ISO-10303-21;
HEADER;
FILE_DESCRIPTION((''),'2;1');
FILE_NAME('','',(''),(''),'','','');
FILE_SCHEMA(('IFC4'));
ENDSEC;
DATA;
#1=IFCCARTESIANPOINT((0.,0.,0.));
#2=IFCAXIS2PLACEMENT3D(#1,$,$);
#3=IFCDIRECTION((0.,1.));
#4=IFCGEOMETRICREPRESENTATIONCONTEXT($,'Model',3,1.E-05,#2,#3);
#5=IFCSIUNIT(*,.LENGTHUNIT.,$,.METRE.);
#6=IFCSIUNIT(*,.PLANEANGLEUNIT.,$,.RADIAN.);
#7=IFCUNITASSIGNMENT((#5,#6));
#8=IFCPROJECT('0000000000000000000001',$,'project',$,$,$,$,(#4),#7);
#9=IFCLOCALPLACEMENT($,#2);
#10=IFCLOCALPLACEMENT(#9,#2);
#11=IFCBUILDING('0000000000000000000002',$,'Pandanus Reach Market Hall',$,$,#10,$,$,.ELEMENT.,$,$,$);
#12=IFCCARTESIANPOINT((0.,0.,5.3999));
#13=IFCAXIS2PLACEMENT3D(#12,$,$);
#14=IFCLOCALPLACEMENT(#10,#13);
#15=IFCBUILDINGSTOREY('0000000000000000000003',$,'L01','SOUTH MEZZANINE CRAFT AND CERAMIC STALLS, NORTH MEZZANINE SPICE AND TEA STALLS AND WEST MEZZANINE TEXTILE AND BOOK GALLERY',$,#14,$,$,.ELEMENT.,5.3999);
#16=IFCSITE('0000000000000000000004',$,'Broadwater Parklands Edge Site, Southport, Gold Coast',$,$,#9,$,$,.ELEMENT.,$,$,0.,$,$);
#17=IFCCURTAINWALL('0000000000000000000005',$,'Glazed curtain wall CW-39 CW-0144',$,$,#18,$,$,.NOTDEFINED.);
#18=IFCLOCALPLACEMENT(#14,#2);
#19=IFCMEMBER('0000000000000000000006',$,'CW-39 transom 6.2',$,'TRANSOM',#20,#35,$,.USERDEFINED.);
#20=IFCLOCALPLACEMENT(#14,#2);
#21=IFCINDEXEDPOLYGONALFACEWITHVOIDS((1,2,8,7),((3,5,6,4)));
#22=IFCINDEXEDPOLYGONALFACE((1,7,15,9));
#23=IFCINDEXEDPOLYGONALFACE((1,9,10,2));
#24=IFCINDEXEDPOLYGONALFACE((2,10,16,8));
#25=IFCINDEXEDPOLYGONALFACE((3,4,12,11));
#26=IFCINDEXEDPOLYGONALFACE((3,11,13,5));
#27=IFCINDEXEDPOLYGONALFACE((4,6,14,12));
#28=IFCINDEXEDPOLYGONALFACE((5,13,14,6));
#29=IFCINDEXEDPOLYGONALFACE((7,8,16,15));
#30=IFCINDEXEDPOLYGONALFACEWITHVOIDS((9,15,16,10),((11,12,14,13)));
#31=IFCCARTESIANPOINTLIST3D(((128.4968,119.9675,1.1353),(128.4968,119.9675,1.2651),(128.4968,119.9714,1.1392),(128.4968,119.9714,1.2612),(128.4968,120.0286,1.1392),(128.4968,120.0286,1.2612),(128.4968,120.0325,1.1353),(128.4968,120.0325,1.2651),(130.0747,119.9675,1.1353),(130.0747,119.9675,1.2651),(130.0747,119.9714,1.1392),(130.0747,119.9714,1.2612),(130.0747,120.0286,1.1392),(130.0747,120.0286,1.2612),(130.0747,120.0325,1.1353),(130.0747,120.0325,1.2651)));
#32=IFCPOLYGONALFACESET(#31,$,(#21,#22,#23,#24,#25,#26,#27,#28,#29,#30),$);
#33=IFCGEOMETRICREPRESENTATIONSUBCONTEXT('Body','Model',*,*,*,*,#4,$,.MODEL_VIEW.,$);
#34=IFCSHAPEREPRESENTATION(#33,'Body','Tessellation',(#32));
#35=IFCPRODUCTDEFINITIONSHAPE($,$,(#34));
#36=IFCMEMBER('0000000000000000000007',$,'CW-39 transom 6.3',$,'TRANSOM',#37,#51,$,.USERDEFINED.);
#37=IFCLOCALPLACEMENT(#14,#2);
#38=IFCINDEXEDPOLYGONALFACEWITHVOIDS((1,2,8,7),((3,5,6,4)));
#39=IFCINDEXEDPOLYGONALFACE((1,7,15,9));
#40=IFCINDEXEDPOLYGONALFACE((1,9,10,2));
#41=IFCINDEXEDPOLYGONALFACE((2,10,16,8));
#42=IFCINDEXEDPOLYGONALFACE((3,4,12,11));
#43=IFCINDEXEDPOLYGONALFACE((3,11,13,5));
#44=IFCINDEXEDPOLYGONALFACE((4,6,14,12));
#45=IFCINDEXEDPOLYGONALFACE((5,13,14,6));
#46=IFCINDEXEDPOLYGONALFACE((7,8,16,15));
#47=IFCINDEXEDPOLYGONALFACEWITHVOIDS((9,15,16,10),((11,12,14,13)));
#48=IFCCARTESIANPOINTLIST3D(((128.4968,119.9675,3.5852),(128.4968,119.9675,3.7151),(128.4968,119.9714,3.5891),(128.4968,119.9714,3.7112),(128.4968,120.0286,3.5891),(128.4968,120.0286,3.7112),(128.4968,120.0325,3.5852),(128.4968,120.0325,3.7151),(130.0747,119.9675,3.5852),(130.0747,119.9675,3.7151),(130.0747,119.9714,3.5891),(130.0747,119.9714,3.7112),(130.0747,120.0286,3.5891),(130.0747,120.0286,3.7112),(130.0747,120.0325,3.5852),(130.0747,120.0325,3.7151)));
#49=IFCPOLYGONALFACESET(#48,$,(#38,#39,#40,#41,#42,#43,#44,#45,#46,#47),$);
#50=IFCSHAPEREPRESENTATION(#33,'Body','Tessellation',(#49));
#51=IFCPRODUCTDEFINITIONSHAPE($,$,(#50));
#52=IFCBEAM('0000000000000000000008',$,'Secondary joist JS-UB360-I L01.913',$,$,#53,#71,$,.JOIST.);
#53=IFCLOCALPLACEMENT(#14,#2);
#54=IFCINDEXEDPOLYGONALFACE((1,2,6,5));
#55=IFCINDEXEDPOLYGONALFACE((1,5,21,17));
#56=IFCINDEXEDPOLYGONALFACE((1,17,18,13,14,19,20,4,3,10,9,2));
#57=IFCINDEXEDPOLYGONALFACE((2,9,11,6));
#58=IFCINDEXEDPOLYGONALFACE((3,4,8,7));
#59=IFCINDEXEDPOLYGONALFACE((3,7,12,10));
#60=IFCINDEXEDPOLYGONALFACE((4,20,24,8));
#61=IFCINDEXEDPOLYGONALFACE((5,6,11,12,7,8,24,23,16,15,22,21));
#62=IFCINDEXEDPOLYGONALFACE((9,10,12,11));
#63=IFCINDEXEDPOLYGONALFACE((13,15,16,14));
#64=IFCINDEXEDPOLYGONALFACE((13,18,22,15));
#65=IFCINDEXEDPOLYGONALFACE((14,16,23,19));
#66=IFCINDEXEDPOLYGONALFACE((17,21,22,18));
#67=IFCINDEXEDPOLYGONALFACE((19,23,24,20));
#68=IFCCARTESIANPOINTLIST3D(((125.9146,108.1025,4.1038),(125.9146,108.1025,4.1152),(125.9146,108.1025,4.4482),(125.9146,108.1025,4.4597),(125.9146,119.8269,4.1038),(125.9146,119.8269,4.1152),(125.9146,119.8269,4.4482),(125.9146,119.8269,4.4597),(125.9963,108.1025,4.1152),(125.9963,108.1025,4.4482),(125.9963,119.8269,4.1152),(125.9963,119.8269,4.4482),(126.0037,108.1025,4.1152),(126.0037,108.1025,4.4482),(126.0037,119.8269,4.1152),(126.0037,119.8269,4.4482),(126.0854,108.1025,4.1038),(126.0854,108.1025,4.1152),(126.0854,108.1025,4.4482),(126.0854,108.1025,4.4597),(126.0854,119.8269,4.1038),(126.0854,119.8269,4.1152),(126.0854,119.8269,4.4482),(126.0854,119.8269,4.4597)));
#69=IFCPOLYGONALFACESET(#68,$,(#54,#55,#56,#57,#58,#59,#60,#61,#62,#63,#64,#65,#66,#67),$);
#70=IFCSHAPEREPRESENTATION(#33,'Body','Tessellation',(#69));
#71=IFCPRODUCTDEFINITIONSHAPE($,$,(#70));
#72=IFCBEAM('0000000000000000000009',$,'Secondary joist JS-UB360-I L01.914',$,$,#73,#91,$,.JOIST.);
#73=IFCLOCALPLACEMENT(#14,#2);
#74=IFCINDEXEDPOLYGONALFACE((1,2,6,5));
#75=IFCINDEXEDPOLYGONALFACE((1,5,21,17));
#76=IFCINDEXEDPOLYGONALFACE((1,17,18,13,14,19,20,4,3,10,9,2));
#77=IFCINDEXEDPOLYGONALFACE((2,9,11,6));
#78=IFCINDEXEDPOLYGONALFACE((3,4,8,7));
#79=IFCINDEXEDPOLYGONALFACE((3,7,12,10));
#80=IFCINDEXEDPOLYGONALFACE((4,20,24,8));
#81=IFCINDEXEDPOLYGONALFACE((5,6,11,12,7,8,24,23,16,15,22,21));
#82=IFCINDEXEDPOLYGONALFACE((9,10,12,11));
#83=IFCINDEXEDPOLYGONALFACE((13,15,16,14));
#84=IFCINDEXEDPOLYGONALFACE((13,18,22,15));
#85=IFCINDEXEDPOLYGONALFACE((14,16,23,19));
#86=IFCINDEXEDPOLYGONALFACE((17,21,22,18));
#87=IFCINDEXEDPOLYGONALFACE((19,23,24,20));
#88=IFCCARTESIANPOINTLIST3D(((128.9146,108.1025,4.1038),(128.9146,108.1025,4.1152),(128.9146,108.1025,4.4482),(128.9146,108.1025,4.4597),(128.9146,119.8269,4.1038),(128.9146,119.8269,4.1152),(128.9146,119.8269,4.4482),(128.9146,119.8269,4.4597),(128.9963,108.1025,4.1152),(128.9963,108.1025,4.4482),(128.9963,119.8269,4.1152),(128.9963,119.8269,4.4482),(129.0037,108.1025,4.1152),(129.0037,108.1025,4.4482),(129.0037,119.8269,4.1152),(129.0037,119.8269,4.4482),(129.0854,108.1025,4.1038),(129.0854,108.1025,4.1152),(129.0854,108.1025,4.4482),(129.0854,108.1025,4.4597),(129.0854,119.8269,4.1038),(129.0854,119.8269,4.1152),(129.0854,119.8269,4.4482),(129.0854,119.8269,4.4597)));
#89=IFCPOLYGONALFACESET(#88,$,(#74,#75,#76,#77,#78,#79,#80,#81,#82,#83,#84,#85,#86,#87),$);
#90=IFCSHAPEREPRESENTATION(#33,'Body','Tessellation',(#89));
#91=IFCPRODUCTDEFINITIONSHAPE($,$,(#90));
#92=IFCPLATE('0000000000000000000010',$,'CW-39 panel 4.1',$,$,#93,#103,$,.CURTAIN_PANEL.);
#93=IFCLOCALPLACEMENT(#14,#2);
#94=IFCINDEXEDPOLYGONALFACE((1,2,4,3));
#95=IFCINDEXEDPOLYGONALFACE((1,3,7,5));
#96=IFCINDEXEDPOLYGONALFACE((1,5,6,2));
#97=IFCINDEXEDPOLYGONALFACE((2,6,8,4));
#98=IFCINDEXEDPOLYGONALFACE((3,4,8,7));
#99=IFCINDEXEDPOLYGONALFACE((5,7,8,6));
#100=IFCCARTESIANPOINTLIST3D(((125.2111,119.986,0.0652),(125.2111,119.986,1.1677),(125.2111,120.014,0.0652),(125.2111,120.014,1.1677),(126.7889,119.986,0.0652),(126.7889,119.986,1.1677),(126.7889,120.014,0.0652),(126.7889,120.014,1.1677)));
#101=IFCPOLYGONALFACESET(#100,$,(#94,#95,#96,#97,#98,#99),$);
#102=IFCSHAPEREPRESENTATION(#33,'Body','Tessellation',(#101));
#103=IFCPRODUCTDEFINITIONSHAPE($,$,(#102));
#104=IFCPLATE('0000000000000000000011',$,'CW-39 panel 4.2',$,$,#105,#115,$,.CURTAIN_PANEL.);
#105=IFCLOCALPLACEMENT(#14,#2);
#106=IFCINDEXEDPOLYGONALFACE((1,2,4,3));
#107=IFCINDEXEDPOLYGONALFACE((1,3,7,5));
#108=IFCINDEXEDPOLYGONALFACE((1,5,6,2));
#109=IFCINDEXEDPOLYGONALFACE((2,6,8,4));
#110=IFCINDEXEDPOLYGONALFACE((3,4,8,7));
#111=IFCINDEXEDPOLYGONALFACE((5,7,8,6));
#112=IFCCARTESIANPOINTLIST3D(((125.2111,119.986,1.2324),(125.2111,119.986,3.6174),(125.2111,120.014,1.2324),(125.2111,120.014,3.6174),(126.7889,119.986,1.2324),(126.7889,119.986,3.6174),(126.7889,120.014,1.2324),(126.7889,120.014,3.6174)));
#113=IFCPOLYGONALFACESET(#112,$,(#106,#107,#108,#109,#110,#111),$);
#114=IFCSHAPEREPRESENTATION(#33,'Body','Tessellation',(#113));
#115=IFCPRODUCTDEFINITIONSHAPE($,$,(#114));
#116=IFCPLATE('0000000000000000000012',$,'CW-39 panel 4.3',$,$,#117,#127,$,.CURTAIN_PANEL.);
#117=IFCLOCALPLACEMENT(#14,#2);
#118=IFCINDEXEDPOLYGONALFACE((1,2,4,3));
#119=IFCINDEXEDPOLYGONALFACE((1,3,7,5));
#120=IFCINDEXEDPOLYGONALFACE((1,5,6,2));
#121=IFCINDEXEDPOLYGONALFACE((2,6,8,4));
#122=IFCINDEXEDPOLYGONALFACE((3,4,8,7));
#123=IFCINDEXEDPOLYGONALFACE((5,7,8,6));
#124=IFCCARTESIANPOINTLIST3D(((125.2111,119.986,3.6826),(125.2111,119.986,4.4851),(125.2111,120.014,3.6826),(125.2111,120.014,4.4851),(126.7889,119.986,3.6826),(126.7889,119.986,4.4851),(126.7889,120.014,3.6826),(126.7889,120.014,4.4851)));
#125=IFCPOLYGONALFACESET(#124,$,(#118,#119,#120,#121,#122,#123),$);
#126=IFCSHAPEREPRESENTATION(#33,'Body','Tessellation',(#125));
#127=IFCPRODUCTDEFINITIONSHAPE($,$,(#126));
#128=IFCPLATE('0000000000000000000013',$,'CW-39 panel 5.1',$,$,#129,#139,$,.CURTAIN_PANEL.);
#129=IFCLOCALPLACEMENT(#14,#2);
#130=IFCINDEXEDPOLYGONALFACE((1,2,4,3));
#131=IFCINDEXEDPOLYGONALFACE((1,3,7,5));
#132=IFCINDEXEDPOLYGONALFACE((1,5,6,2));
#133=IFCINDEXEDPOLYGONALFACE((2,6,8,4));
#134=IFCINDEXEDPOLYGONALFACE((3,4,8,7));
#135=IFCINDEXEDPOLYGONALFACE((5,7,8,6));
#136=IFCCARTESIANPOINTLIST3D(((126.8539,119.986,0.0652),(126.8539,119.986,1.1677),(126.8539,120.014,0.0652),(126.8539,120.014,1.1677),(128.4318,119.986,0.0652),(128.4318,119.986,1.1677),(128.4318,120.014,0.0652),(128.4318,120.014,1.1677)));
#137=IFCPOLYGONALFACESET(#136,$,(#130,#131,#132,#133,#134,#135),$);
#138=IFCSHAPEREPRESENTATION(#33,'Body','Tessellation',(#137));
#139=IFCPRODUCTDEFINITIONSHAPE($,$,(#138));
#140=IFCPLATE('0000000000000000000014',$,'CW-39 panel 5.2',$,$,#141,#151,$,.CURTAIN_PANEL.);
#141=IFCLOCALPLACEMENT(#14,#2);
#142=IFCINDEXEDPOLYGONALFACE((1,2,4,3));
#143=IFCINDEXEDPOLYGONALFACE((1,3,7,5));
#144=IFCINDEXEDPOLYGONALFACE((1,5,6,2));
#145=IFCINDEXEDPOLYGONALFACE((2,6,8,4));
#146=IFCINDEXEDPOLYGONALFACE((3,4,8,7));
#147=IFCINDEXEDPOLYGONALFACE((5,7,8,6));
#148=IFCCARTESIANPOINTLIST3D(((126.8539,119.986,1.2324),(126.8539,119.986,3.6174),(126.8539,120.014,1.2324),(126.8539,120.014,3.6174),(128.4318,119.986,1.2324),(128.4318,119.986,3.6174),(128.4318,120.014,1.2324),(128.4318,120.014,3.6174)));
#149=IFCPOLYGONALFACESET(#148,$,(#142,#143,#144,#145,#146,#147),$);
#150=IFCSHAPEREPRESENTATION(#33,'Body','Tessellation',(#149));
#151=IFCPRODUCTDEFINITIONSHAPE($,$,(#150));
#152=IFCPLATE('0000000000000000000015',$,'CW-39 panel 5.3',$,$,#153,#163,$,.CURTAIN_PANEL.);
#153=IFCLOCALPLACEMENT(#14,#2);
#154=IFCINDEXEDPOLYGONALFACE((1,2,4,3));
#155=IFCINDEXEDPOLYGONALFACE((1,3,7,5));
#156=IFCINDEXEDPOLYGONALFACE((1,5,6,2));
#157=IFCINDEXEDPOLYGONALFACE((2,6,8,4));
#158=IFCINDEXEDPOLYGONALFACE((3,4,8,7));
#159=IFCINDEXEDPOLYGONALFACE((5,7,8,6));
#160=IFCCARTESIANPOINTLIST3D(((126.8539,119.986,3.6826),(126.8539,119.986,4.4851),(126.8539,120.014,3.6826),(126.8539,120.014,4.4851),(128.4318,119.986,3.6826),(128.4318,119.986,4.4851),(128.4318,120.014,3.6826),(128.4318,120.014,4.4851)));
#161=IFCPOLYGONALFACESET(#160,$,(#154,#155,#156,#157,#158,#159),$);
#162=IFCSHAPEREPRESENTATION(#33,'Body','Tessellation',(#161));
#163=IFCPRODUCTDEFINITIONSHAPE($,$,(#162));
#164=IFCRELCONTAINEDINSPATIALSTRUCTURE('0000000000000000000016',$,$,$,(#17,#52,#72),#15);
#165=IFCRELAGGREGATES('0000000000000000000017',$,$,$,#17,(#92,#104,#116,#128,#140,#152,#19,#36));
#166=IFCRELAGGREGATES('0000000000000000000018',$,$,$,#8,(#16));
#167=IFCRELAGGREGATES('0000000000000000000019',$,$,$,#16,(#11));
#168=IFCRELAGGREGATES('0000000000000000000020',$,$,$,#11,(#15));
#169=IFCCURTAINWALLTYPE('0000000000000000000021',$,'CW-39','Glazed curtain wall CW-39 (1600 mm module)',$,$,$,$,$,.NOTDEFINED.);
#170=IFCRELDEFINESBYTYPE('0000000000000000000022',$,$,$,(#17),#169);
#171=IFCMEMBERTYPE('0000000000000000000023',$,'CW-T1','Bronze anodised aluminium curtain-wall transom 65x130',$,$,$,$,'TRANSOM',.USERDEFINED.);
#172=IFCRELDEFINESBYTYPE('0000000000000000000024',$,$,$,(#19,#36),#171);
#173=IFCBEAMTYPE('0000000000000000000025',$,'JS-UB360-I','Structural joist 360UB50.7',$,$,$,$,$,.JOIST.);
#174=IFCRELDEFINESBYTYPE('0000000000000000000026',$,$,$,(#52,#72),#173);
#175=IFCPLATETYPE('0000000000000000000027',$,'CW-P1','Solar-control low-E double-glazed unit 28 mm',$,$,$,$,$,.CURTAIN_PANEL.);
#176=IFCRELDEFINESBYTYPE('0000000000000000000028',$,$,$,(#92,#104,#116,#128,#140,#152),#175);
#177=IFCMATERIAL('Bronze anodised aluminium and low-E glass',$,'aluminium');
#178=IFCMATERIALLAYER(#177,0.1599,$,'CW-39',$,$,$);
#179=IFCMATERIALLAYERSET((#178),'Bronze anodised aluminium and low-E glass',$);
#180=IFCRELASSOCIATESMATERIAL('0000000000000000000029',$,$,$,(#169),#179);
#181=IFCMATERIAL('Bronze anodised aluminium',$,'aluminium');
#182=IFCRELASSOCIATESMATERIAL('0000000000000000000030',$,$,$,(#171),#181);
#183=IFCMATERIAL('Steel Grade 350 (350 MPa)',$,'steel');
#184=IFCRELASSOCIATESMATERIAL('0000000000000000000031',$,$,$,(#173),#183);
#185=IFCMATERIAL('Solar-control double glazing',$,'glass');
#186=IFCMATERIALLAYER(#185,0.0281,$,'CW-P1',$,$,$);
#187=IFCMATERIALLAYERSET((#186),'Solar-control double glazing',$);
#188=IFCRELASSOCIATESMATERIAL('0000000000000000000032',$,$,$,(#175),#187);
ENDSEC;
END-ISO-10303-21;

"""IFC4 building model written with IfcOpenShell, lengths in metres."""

from ifc_helpers import new_model, si_unit, direction, frame, origin, origin_2d, place, context, subcontext, project, spatial, rectangle, hollow_rectangle, i_section, extrude, material, layer, layer_set, material_profile, profile_set, type_object, element, aggregate, save


model = new_model("IFC4")

# Units and contexts
model_context = context("Model", 3, precision=1e-05, world=origin(), true_north=direction((0.0, 1.0)))
body_context = subcontext(model_context, "Body", "Model", "MODEL_VIEW")
ifc_project = project(units=[si_unit("LENGTHUNIT", "METRE"), si_unit("PLANEANGLEUNIT", "RADIAN")], contexts=[model_context])

# Site, building, storey
site_placement = place(None, origin())
site = spatial("IfcSite", under=ifc_project, at=site_placement, Name="Broadwater Parklands Edge Site, Southport, Gold Coast", CompositionType="ELEMENT", RefElevation=0.0)
building_placement = place(site_placement, origin())
building = spatial("IfcBuilding", under=site, at=building_placement, Name="Pandanus Reach Market Hall", CompositionType="ELEMENT")
storey_placement = place(building_placement, frame((0.0, 0.0, 5.3999)))
storey = spatial("IfcBuildingStorey", under=building, at=storey_placement, Name="L01", Description="SOUTH MEZZANINE CRAFT AND CERAMIC STALLS, NORTH MEZZANINE SPICE AND TEA STALLS AND WEST MEZZANINE TEXTILE AND BOOK GALLERY", CompositionType="ELEMENT", Elevation=5.3999)

# Shared definitions
ifc_material_1 = material(Name="Steel Grade 350 (350 MPa)", Category="steel")

# Curtain wall, members
ifc_material_2 = material(Name="Bronze anodised aluminium and low-E glass", Category="aluminium")
ifc_layer_1 = layer(ifc_material_2, 0.1599, Name="CW-39")
ifc_layer_set_1 = layer_set([ifc_layer_1], Name="Bronze anodised aluminium and low-E glass")
curtain_wall_type = type_object("IfcCurtainWallType", Name="CW-39", Description="Glazed curtain wall CW-39 (1600 mm module)", PredefinedType="NOTDEFINED", material=ifc_layer_set_1)
curtain_wall_placement = place(storey_placement, origin())
curtain_wall = element("IfcCurtainWall", 1, at=curtain_wall_placement, inside=storey, type_object=curtain_wall_type, Name="Glazed curtain wall CW-39 CW-0144", PredefinedType="NOTDEFINED")
ifc_material_3 = material(Name="Bronze anodised aluminium", Category="aluminium")
ifc_material_profile_1 = material_profile(ifc_material_3, hollow_rectangle(XDim=0.0649, YDim=0.1299, WallThickness=0.0039, at=origin_2d()), Name="ALU65x130", Category="LoadBearing")
ifc_profile_set_1 = profile_set([ifc_material_profile_1], Name="Bronze anodised aluminium")
member_type_1 = type_object("IfcMemberType", Name="CW-T1", Description="Bronze anodised aluminium curtain-wall transom 65x130", ElementType="TRANSOM", PredefinedType="USERDEFINED", material=ifc_profile_set_1)
member_1_placement = place(storey_placement, frame((128.4968, 120.0, 1.2002), z_axis=(1.0, 0.0, 0.0), x_axis=(0.0, 1.0, 0.0)))
member_1 = element("IfcMember", 2, at=member_1_placement, type_object=member_type_1, Name="CW-39 transom 6.2", ObjectType="TRANSOM", PredefinedType="USERDEFINED", context=body_context, shape_type="SweptSolid", body=[
    extrude(hollow_rectangle(XDim=0.0649, YDim=0.1299, WallThickness=0.0039, at=origin_2d()), origin(), (0.0, 0.0, 1.0), 1.5779),
])
member_2_placement = place(storey_placement, frame((128.4968, 120.0, 3.6501), z_axis=(1.0, 0.0, 0.0), x_axis=(0.0, 1.0, 0.0)))
member_2 = element("IfcMember", 3, at=member_2_placement, type_object=member_type_1, Name="CW-39 transom 6.3", ObjectType="TRANSOM", PredefinedType="USERDEFINED", context=body_context, shape_type="SweptSolid", body=[
    extrude(hollow_rectangle(XDim=0.0649, YDim=0.1299, WallThickness=0.0039, at=origin_2d()), origin(), (0.0, 0.0, 1.0), 1.5779),
])

# Beams
ifc_material_profile_2 = material_profile(ifc_material_1, i_section(OverallWidth=0.1709, OverallDepth=0.356, WebThickness=0.0073, FlangeThickness=0.0115, at=origin_2d()), Name="360UB50.7", Category="LoadBearing")
ifc_profile_set_2 = profile_set([ifc_material_profile_2], Name="Steel Grade 350 (350 MPa)")
beam_type_1 = type_object("IfcBeamType", Name="JS-UB360-I", Description="Structural joist 360UB50.7", PredefinedType="JOIST", material=ifc_profile_set_2)
for number, where, z_axis, x_axis, name in (
    (4, (126.0, 108.1025, 4.2817), (0.0, 1.0, 0.0), (-1.0, 0.0, 0.0), "Secondary joist JS-UB360-I L01.913"),
    (5, (129.0, 108.1025, 4.2817), (0.0, 1.0, 0.0), (-1.0, 0.0, 0.0), "Secondary joist JS-UB360-I L01.914"),
):
    element("IfcBeam", number, at=place(storey_placement, frame(where, z_axis=z_axis, x_axis=x_axis)), inside=storey, type_object=beam_type_1, Name=name, PredefinedType="JOIST", context=body_context, shape_type="SweptSolid", body=[
        extrude(i_section(OverallWidth=0.1709, OverallDepth=0.356, WebThickness=0.0073, FlangeThickness=0.0115, at=origin_2d()), origin(), (0.0, 0.0, 1.0), 11.7244),
    ])

# Plates
ifc_material_4 = material(Name="Solar-control double glazing", Category="glass")
ifc_layer_2 = layer(ifc_material_4, 0.0281, Name="CW-P1")
ifc_layer_set_2 = layer_set([ifc_layer_2], Name="Solar-control double glazing")
plate_type = type_object("IfcPlateType", Name="CW-P1", Description="Solar-control low-E double-glazed unit 28 mm", PredefinedType="CURTAIN_PANEL", material=ifc_layer_set_2)
plate_1_placement = place(storey_placement, frame((126.0, 120.0, 0.0652), z_axis=(0.0, 0.0, 1.0), x_axis=(1.0, 0.0, 0.0)))
plate_1 = element("IfcPlate", 6, at=plate_1_placement, type_object=plate_type, Name="CW-39 panel 4.1", PredefinedType="CURTAIN_PANEL", context=body_context, shape_type="SweptSolid", body=[
    extrude(rectangle(XDim=1.5779, YDim=0.0281, at=origin_2d()), origin(), (0.0, 0.0, 1.0), 1.1025),
])
plate_2_placement = place(storey_placement, frame((126.0, 120.0, 1.2324), z_axis=(0.0, 0.0, 1.0), x_axis=(1.0, 0.0, 0.0)))
plate_2 = element("IfcPlate", 7, at=plate_2_placement, type_object=plate_type, Name="CW-39 panel 4.2", PredefinedType="CURTAIN_PANEL", context=body_context, shape_type="SweptSolid", body=[
    extrude(rectangle(XDim=1.5779, YDim=0.0281, at=origin_2d()), origin(), (0.0, 0.0, 1.0), 2.385),
])
plate_3_placement = place(storey_placement, frame((126.0, 120.0, 3.6826), z_axis=(0.0, 0.0, 1.0), x_axis=(1.0, 0.0, 0.0)))
plate_3 = element("IfcPlate", 8, at=plate_3_placement, type_object=plate_type, Name="CW-39 panel 4.3", PredefinedType="CURTAIN_PANEL", context=body_context, shape_type="SweptSolid", body=[
    extrude(rectangle(XDim=1.5779, YDim=0.0281, at=origin_2d()), origin(), (0.0, 0.0, 1.0), 0.8025),
])
plate_4_placement = place(storey_placement, frame((127.6428, 120.0, 0.0652), z_axis=(0.0, 0.0, 1.0), x_axis=(1.0, 0.0, 0.0)))
plate_4 = element("IfcPlate", 9, at=plate_4_placement, type_object=plate_type, Name="CW-39 panel 5.1", PredefinedType="CURTAIN_PANEL", context=body_context, shape_type="SweptSolid", body=[
    extrude(rectangle(XDim=1.5779, YDim=0.0281, at=origin_2d()), origin(), (0.0, 0.0, 1.0), 1.1025),
])
plate_5_placement = place(storey_placement, frame((127.6428, 120.0, 1.2324), z_axis=(0.0, 0.0, 1.0), x_axis=(1.0, 0.0, 0.0)))
plate_5 = element("IfcPlate", 10, at=plate_5_placement, type_object=plate_type, Name="CW-39 panel 5.2", PredefinedType="CURTAIN_PANEL", context=body_context, shape_type="SweptSolid", body=[
    extrude(rectangle(XDim=1.5779, YDim=0.0281, at=origin_2d()), origin(), (0.0, 0.0, 1.0), 2.385),
])
plate_6_placement = place(storey_placement, frame((127.6428, 120.0, 3.6826), z_axis=(0.0, 0.0, 1.0), x_axis=(1.0, 0.0, 0.0)))
plate_6 = element("IfcPlate", 11, at=plate_6_placement, type_object=plate_type, Name="CW-39 panel 5.3", PredefinedType="CURTAIN_PANEL", context=body_context, shape_type="SweptSolid", body=[
    extrude(rectangle(XDim=1.5779, YDim=0.0281, at=origin_2d()), origin(), (0.0, 0.0, 1.0), 0.8025),
])
aggregate(curtain_wall, [plate_1, plate_2, plate_3, plate_4, plate_5, plate_6, member_1, member_2])

save(model, "model.ifc")
